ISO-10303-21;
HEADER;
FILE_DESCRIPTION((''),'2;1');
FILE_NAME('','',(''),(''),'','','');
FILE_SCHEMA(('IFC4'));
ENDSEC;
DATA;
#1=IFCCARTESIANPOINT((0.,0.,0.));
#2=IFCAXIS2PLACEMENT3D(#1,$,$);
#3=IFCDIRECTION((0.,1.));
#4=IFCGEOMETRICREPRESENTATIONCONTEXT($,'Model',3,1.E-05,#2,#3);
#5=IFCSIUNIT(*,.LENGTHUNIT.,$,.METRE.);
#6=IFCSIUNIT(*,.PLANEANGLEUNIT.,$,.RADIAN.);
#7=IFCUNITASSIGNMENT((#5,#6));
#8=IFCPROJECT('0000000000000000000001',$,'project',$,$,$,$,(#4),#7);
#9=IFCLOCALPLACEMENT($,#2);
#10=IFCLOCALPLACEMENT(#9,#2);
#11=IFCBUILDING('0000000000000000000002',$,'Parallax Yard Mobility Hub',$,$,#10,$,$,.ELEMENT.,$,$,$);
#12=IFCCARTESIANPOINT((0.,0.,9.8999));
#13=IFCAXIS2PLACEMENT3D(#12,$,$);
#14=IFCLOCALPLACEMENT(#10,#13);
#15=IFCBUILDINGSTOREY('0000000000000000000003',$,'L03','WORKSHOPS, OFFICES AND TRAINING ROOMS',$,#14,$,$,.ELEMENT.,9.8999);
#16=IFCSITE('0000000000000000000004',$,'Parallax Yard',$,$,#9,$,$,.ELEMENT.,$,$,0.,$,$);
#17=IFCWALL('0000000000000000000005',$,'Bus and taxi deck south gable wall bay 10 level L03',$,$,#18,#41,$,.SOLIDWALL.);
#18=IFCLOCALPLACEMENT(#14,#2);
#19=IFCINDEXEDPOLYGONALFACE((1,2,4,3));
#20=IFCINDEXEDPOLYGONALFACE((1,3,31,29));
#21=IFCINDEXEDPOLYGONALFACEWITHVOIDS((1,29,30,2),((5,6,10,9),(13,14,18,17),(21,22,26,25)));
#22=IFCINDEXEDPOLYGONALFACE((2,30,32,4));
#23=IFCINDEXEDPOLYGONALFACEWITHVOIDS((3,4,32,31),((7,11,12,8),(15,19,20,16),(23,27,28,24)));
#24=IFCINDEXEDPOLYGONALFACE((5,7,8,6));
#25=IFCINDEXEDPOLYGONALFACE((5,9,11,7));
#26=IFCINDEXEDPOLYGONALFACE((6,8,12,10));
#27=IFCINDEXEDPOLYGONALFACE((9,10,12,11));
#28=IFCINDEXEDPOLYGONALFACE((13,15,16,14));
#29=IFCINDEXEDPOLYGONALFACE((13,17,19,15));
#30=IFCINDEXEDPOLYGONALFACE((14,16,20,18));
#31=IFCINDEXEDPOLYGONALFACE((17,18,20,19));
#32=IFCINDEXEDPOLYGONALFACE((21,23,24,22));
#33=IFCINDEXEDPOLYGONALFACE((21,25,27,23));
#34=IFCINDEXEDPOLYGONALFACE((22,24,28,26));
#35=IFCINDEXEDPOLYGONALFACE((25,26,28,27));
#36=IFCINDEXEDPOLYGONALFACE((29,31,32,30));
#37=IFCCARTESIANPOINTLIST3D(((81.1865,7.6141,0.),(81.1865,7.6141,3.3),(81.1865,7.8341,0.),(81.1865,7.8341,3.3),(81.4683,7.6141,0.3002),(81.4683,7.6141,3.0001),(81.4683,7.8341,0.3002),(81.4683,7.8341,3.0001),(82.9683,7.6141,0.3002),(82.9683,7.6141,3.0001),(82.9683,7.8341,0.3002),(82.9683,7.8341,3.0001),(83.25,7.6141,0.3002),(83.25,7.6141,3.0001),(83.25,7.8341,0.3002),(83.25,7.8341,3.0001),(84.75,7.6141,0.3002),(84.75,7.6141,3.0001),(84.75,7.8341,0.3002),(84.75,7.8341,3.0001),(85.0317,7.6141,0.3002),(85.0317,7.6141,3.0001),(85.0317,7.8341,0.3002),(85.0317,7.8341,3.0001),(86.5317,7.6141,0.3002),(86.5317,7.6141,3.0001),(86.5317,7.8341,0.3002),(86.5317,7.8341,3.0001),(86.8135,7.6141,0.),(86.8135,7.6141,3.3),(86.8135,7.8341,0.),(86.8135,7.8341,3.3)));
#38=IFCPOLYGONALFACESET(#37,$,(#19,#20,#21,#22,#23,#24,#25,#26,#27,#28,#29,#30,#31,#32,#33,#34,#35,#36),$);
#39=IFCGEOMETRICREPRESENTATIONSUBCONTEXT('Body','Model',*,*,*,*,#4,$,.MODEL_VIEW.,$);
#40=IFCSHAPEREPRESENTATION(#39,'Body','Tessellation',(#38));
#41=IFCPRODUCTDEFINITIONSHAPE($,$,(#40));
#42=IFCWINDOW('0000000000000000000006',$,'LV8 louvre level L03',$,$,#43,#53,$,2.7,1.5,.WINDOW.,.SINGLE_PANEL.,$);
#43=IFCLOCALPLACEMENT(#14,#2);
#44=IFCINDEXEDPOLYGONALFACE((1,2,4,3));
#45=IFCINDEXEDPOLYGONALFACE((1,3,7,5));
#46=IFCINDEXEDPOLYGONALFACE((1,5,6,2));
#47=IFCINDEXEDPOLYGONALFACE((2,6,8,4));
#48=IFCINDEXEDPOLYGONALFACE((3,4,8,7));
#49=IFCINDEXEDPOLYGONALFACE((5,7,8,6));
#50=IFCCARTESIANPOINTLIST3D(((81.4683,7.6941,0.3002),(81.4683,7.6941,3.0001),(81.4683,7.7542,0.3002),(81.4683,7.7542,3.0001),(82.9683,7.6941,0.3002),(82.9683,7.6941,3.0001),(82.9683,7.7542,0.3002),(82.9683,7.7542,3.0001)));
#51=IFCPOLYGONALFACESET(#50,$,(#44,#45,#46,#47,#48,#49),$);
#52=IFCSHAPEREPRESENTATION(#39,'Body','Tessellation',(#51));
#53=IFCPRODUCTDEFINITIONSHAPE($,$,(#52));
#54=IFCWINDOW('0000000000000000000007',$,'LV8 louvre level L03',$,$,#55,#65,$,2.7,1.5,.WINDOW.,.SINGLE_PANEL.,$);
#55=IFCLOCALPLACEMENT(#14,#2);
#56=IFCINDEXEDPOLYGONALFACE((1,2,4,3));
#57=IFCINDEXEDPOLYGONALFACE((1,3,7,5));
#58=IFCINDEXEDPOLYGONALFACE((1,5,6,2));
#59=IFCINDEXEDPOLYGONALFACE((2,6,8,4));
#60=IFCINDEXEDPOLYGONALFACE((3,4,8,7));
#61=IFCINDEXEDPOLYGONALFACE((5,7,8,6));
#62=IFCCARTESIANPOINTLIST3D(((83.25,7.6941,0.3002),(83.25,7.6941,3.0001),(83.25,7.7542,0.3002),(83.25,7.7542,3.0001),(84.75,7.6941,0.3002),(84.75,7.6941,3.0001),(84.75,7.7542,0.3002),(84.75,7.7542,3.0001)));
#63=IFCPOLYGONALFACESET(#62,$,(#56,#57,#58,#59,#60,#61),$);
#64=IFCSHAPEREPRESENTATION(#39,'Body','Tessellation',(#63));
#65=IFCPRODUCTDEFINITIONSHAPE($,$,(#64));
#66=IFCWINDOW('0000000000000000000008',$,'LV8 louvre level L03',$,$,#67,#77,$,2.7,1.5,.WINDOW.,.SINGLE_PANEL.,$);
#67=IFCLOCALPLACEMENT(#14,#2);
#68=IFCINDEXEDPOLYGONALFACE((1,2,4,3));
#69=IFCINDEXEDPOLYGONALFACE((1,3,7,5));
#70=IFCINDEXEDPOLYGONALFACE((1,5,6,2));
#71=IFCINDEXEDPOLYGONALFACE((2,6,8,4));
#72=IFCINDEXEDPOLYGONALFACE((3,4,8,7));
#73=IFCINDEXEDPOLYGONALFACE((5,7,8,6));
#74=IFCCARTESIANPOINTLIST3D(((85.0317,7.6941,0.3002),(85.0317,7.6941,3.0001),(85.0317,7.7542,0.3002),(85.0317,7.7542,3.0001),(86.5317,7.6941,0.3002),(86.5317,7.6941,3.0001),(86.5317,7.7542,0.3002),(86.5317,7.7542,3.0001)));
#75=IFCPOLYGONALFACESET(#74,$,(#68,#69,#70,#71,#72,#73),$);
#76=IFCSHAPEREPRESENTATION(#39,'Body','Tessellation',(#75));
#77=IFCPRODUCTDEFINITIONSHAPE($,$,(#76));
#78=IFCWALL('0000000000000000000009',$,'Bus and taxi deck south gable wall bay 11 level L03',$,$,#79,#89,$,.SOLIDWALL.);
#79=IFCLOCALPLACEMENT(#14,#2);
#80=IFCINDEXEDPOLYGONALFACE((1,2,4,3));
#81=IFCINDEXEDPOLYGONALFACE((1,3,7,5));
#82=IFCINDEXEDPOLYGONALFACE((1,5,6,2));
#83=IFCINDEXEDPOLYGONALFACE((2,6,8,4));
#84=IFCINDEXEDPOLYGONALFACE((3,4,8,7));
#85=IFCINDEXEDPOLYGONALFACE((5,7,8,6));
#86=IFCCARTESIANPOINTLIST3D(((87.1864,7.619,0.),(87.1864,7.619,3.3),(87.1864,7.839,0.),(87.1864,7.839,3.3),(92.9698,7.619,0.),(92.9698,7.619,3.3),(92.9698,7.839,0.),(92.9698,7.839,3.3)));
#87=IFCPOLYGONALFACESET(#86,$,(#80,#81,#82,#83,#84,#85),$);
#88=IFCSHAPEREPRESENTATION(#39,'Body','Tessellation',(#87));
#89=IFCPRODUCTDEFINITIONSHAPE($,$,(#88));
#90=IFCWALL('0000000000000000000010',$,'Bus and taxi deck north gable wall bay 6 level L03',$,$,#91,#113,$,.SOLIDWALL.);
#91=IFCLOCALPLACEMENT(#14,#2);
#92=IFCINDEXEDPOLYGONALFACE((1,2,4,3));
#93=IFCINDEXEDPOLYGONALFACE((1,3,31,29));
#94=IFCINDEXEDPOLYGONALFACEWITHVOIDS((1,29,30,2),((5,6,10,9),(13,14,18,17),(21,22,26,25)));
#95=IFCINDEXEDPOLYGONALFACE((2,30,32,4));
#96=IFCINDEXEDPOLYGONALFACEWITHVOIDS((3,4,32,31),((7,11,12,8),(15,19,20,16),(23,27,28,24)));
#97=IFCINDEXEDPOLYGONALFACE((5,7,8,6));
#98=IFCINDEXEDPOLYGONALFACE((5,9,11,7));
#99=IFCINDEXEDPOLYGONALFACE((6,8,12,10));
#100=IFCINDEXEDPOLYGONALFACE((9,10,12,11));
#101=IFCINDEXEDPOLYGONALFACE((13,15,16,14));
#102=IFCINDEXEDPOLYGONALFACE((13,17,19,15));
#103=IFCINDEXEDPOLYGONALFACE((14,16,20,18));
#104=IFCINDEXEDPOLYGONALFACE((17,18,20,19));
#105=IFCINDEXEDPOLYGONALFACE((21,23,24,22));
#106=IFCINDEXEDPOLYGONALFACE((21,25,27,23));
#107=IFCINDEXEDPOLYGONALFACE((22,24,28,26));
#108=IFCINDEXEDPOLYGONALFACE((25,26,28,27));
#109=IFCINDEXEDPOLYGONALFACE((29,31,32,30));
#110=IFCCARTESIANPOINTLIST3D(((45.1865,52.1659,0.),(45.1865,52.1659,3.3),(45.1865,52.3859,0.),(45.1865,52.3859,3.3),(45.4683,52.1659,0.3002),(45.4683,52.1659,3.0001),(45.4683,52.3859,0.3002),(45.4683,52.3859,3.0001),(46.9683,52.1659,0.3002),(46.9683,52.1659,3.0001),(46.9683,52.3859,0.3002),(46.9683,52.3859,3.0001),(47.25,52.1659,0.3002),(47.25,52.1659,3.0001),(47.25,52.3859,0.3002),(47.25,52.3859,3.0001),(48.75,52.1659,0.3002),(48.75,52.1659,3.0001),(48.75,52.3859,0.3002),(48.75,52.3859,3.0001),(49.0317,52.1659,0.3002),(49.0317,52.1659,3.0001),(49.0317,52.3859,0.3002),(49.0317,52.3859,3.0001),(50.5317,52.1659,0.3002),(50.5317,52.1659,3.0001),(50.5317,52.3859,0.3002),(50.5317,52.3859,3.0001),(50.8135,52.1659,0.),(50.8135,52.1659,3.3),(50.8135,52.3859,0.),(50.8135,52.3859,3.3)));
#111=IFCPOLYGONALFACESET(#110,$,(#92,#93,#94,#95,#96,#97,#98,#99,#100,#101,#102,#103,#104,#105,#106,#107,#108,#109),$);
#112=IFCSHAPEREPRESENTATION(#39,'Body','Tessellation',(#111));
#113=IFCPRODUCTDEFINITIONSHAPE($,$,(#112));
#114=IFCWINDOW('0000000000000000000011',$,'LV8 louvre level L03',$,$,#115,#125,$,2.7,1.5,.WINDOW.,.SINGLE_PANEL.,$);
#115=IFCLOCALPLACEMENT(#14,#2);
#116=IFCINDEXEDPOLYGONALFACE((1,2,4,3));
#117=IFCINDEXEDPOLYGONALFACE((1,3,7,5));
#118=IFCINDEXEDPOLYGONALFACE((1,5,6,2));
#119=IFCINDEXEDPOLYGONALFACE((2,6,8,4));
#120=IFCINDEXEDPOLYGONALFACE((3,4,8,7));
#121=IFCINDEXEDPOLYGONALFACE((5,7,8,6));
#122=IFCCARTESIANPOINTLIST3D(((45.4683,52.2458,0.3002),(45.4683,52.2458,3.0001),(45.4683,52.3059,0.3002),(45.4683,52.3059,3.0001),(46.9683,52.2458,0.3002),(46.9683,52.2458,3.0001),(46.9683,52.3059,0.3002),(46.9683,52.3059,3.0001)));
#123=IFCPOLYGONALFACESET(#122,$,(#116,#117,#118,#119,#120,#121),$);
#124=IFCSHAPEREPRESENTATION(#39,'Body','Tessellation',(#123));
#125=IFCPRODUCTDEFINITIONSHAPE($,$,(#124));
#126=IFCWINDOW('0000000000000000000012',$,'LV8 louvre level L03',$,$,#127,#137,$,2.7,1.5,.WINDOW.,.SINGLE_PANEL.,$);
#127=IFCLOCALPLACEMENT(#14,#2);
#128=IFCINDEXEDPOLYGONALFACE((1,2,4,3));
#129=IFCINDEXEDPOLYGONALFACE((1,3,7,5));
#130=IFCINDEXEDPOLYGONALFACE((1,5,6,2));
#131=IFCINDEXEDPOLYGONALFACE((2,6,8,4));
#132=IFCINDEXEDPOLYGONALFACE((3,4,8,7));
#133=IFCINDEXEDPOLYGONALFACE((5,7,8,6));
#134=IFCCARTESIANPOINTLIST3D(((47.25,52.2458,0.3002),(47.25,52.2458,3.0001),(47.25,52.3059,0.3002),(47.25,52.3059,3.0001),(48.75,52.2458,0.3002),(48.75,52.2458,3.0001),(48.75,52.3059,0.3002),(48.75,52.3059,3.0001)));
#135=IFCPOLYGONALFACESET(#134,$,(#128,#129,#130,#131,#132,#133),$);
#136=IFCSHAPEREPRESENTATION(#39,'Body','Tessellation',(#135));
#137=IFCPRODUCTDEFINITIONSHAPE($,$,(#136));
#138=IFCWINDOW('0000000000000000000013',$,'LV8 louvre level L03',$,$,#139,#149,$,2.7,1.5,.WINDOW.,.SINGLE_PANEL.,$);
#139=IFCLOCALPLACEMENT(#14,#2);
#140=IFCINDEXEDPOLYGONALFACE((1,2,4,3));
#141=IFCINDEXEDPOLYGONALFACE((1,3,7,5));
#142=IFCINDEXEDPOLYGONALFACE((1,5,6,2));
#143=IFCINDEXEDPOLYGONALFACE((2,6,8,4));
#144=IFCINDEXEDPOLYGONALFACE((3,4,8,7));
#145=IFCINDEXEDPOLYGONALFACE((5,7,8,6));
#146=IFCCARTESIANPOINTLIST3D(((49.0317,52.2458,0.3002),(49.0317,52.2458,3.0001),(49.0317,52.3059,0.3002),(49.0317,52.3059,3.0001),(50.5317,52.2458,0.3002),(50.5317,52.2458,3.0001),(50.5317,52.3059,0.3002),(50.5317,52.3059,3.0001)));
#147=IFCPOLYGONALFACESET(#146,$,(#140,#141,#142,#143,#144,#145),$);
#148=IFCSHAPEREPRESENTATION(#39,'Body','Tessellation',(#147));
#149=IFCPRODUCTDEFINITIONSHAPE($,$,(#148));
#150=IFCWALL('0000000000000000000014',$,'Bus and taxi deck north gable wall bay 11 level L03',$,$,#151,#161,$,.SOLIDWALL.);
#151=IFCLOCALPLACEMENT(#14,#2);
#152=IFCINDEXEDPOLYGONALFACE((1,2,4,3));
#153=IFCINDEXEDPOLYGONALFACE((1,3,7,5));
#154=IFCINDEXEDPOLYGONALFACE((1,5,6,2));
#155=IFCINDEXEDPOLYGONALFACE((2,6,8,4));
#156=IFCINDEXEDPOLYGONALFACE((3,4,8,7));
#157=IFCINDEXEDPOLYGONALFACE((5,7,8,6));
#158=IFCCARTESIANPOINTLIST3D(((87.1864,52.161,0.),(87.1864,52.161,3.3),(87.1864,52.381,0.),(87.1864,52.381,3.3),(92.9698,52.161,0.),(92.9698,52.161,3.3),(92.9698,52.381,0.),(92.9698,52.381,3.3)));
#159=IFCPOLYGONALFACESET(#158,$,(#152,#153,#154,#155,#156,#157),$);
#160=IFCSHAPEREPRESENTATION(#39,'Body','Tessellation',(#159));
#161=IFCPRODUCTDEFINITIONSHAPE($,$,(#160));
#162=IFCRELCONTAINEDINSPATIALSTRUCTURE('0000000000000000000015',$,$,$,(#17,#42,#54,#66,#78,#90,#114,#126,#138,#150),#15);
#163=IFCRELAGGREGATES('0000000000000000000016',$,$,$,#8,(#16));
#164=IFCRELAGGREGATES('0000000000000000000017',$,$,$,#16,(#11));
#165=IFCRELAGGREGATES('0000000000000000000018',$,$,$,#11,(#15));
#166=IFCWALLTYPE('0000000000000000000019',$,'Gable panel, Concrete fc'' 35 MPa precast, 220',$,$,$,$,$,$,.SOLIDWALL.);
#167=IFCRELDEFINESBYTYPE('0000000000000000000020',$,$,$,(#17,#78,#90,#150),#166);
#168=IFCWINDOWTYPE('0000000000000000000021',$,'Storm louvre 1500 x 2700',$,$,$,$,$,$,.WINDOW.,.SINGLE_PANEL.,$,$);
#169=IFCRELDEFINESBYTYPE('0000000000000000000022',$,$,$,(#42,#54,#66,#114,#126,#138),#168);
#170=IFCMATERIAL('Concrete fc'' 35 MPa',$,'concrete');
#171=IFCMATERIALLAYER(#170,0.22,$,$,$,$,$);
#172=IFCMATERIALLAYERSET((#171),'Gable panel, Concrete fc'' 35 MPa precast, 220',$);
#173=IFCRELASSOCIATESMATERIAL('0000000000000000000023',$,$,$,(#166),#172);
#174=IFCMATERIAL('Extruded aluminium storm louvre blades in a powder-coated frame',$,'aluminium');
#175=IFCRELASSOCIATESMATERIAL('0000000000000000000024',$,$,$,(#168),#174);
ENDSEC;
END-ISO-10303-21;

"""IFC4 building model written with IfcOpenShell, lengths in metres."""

from ifc_helpers import new_model, si_unit, direction, frame, frame_2d, origin, place, context, subcontext, project, spatial, rectangle, extrude, material, layer, layer_set, type_object, element, fill, save


model = new_model("IFC4")

# Units and contexts
model_context = context("Model", 3, precision=1e-05, world=origin(), true_north=direction((0.0, 1.0)))
body_context = subcontext(model_context, "Body", "Model", "MODEL_VIEW")
ifc_project = project(units=[si_unit("LENGTHUNIT", "METRE"), si_unit("PLANEANGLEUNIT", "RADIAN")], contexts=[model_context])

# Site, building, storey
site_placement = place(None, origin())
site = spatial("IfcSite", under=ifc_project, at=site_placement, Name="Parallax Yard", CompositionType="ELEMENT", RefElevation=0.0)
building_placement = place(site_placement, origin())
building = spatial("IfcBuilding", under=site, at=building_placement, Name="Parallax Yard Mobility Hub", CompositionType="ELEMENT")
storey_placement = place(building_placement, frame((0.0, 0.0, 9.8999)))
storey = spatial("IfcBuildingStorey", under=building, at=storey_placement, Name="L03", Description="WORKSHOPS, OFFICES AND TRAINING ROOMS", CompositionType="ELEMENT", Elevation=9.8999)

# Wall, openings, windows
ifc_material_1 = material(Name="Concrete fc' 35 MPa", Category="concrete")
ifc_layer = layer(ifc_material_1, 0.22)
ifc_layer_set = layer_set([ifc_layer], Name="Gable panel, Concrete fc' 35 MPa precast, 220")
wall_type = type_object("IfcWallType", Name="Gable panel, Concrete fc' 35 MPa precast, 220", PredefinedType="SOLIDWALL", material=ifc_layer_set)
wall_1_placement = place(storey_placement, frame((81.1865, 7.7241, 0.0), z_axis=(0.0, 0.0, 1.0), x_axis=(1.0, 0.0, 0.0)))
wall_1 = element("IfcWall", 1, at=wall_1_placement, inside=storey, type_object=wall_type, Name="Bus and taxi deck south gable wall bay 10 level L03", PredefinedType="SOLIDWALL", context=body_context, shape_type="SweptSolid", body=[
    extrude(rectangle(XDim=5.627, YDim=0.22, at=frame_2d((2.8135, 0.0))), origin(), (0.0, 0.0, 1.0), 3.3),
])
opening_1_placement = place(wall_1_placement, frame((0.2817, 0.0, 0.3)))
opening_1 = element("IfcOpeningElement", 2, at=opening_1_placement, cuts=wall_1, PredefinedType="OPENING", context=body_context, shape_type="SweptSolid", body=[
    extrude(rectangle(XDim=1.5, YDim=2.7, at=frame_2d((0.75, 1.3501))), frame((0.0, 0.1201, 0.0), z_axis=(0.0, -1.0, 0.0), x_axis=(1.0, 0.0, 0.0)), (0.0, 0.0, 1.0), 0.24),
])
opening_2_placement = place(wall_1_placement, frame((2.0635, 0.0, 0.3)))
opening_2 = element("IfcOpeningElement", 3, at=opening_2_placement, cuts=wall_1, PredefinedType="OPENING", context=body_context, shape_type="SweptSolid", body=[
    extrude(rectangle(XDim=1.5, YDim=2.7, at=frame_2d((0.75, 1.3501))), frame((0.0, 0.1201, 0.0), z_axis=(0.0, -1.0, 0.0), x_axis=(1.0, 0.0, 0.0)), (0.0, 0.0, 1.0), 0.24),
])
opening_3_placement = place(wall_1_placement, frame((3.8452, 0.0, 0.3)))
opening_3 = element("IfcOpeningElement", 4, at=opening_3_placement, cuts=wall_1, PredefinedType="OPENING", context=body_context, shape_type="SweptSolid", body=[
    extrude(rectangle(XDim=1.5, YDim=2.7, at=frame_2d((0.75, 1.3501))), frame((0.0, 0.1201, 0.0), z_axis=(0.0, -1.0, 0.0), x_axis=(1.0, 0.0, 0.0)), (0.0, 0.0, 1.0), 0.24),
])
ifc_material_2 = material(Name="Extruded aluminium storm louvre blades in a powder-coated frame", Category="aluminium")
window_type = type_object("IfcWindowType", Name="Storm louvre 1500 x 2700", PartitioningType="SINGLE_PANEL", PredefinedType="WINDOW", material=ifc_material_2)
window_1_placement = place(opening_1_placement, origin())
window_1 = element("IfcWindow", 5, at=window_1_placement, inside=storey, type_object=window_type, Name="LV8 louvre level L03", OverallHeight=2.7, OverallWidth=1.5, PartitioningType="SINGLE_PANEL", PredefinedType="WINDOW", context=body_context, shape_type="SweptSolid", body=[
    extrude(rectangle(XDim=1.5, YDim=2.7, at=frame_2d((0.75, 1.3501))), frame((0.0, 0.03, 0.0), z_axis=(0.0, -1.0, 0.0), x_axis=(1.0, 0.0, 0.0)), (0.0, 0.0, 1.0), 0.0601),
])
fill(opening_1, window_1)
window_2_placement = place(opening_2_placement, origin())
window_2 = element("IfcWindow", 6, at=window_2_placement, inside=storey, type_object=window_type, Name="LV8 louvre level L03", OverallHeight=2.7, OverallWidth=1.5, PartitioningType="SINGLE_PANEL", PredefinedType="WINDOW", context=body_context, shape_type="SweptSolid", body=[
    extrude(rectangle(XDim=1.5, YDim=2.7, at=frame_2d((0.75, 1.3501))), frame((0.0, 0.03, 0.0), z_axis=(0.0, -1.0, 0.0), x_axis=(1.0, 0.0, 0.0)), (0.0, 0.0, 1.0), 0.0601),
])
fill(opening_2, window_2)
window_3_placement = place(opening_3_placement, origin())
window_3 = element("IfcWindow", 7, at=window_3_placement, inside=storey, type_object=window_type, Name="LV8 louvre level L03", OverallHeight=2.7, OverallWidth=1.5, PartitioningType="SINGLE_PANEL", PredefinedType="WINDOW", context=body_context, shape_type="SweptSolid", body=[
    extrude(rectangle(XDim=1.5, YDim=2.7, at=frame_2d((0.75, 1.3501))), frame((0.0, 0.03, 0.0), z_axis=(0.0, -1.0, 0.0), x_axis=(1.0, 0.0, 0.0)), (0.0, 0.0, 1.0), 0.0601),
])
fill(opening_3, window_3)

# Wall
wall_2_placement = place(storey_placement, frame((87.1865, 7.729, 0.0), z_axis=(0.0, 0.0, 1.0), x_axis=(1.0, 0.0, 0.0)))
element("IfcWall", 8, at=wall_2_placement, inside=storey, type_object=wall_type, Name="Bus and taxi deck south gable wall bay 11 level L03", PredefinedType="SOLIDWALL", context=body_context, shape_type="SweptSolid", body=[
    extrude(rectangle(XDim=5.7834, YDim=0.22, at=frame_2d((2.8916, 0.0))), origin(), (0.0, 0.0, 1.0), 3.3),
])

# Wall, openings, windows
wall_3_placement = place(storey_placement, frame((45.1865, 52.2759, 0.0), z_axis=(0.0, 0.0, 1.0), x_axis=(1.0, 0.0, 0.0)))
wall_3 = element("IfcWall", 9, at=wall_3_placement, inside=storey, type_object=wall_type, Name="Bus and taxi deck north gable wall bay 6 level L03", PredefinedType="SOLIDWALL", context=body_context, shape_type="SweptSolid", body=[
    extrude(rectangle(XDim=5.627, YDim=0.22, at=frame_2d((2.8135, 0.0))), origin(), (0.0, 0.0, 1.0), 3.3),
])
opening_4_placement = place(wall_3_placement, frame((0.2817, 0.0, 0.3)))
opening_4 = element("IfcOpeningElement", 10, at=opening_4_placement, cuts=wall_3, PredefinedType="OPENING", context=body_context, shape_type="SweptSolid", body=[
    extrude(rectangle(XDim=1.5, YDim=2.7, at=frame_2d((0.75, 1.3501))), frame((0.0, 0.1201, 0.0), z_axis=(0.0, -1.0, 0.0), x_axis=(1.0, 0.0, 0.0)), (0.0, 0.0, 1.0), 0.24),
])
opening_5_placement = place(wall_3_placement, frame((2.0635, 0.0, 0.3)))
opening_5 = element("IfcOpeningElement", 11, at=opening_5_placement, cuts=wall_3, PredefinedType="OPENING", context=body_context, shape_type="SweptSolid", body=[
    extrude(rectangle(XDim=1.5, YDim=2.7, at=frame_2d((0.75, 1.3501))), frame((0.0, 0.1201, 0.0), z_axis=(0.0, -1.0, 0.0), x_axis=(1.0, 0.0, 0.0)), (0.0, 0.0, 1.0), 0.24),
])
opening_6_placement = place(wall_3_placement, frame((3.8452, 0.0, 0.3)))
opening_6 = element("IfcOpeningElement", 12, at=opening_6_placement, cuts=wall_3, PredefinedType="OPENING", context=body_context, shape_type="SweptSolid", body=[
    extrude(rectangle(XDim=1.5, YDim=2.7, at=frame_2d((0.75, 1.3501))), frame((0.0, 0.1201, 0.0), z_axis=(0.0, -1.0, 0.0), x_axis=(1.0, 0.0, 0.0)), (0.0, 0.0, 1.0), 0.24),
])
window_4_placement = place(opening_4_placement, origin())
window_4 = element("IfcWindow", 13, at=window_4_placement, inside=storey, type_object=window_type, Name="LV8 louvre level L03", OverallHeight=2.7, OverallWidth=1.5, PartitioningType="SINGLE_PANEL", PredefinedType="WINDOW", context=body_context, shape_type="SweptSolid", body=[
    extrude(rectangle(XDim=1.5, YDim=2.7, at=frame_2d((0.75, 1.3501))), frame((0.0, 0.03, 0.0), z_axis=(0.0, -1.0, 0.0), x_axis=(1.0, 0.0, 0.0)), (0.0, 0.0, 1.0), 0.0601),
])
fill(opening_4, window_4)
window_5_placement = place(opening_5_placement, origin())
window_5 = element("IfcWindow", 14, at=window_5_placement, inside=storey, type_object=window_type, Name="LV8 louvre level L03", OverallHeight=2.7, OverallWidth=1.5, PartitioningType="SINGLE_PANEL", PredefinedType="WINDOW", context=body_context, shape_type="SweptSolid", body=[
    extrude(rectangle(XDim=1.5, YDim=2.7, at=frame_2d((0.75, 1.3501))), frame((0.0, 0.03, 0.0), z_axis=(0.0, -1.0, 0.0), x_axis=(1.0, 0.0, 0.0)), (0.0, 0.0, 1.0), 0.0601),
])
fill(opening_5, window_5)
window_6_placement = place(opening_6_placement, origin())
window_6 = element("IfcWindow", 15, at=window_6_placement, inside=storey, type_object=window_type, Name="LV8 louvre level L03", OverallHeight=2.7, OverallWidth=1.5, PartitioningType="SINGLE_PANEL", PredefinedType="WINDOW", context=body_context, shape_type="SweptSolid", body=[
    extrude(rectangle(XDim=1.5, YDim=2.7, at=frame_2d((0.75, 1.3501))), frame((0.0, 0.03, 0.0), z_axis=(0.0, -1.0, 0.0), x_axis=(1.0, 0.0, 0.0)), (0.0, 0.0, 1.0), 0.0601),
])
fill(opening_6, window_6)

# Wall
wall_4_placement = place(storey_placement, frame((87.1865, 52.271, 0.0), z_axis=(0.0, 0.0, 1.0), x_axis=(1.0, 0.0, 0.0)))
element("IfcWall", 16, at=wall_4_placement, inside=storey, type_object=wall_type, Name="Bus and taxi deck north gable wall bay 11 level L03", PredefinedType="SOLIDWALL", context=body_context, shape_type="SweptSolid", body=[
    extrude(rectangle(XDim=5.7834, YDim=0.22, at=frame_2d((2.8916, 0.0))), origin(), (0.0, 0.0, 1.0), 3.3),
])

save(model, "model.ifc")
